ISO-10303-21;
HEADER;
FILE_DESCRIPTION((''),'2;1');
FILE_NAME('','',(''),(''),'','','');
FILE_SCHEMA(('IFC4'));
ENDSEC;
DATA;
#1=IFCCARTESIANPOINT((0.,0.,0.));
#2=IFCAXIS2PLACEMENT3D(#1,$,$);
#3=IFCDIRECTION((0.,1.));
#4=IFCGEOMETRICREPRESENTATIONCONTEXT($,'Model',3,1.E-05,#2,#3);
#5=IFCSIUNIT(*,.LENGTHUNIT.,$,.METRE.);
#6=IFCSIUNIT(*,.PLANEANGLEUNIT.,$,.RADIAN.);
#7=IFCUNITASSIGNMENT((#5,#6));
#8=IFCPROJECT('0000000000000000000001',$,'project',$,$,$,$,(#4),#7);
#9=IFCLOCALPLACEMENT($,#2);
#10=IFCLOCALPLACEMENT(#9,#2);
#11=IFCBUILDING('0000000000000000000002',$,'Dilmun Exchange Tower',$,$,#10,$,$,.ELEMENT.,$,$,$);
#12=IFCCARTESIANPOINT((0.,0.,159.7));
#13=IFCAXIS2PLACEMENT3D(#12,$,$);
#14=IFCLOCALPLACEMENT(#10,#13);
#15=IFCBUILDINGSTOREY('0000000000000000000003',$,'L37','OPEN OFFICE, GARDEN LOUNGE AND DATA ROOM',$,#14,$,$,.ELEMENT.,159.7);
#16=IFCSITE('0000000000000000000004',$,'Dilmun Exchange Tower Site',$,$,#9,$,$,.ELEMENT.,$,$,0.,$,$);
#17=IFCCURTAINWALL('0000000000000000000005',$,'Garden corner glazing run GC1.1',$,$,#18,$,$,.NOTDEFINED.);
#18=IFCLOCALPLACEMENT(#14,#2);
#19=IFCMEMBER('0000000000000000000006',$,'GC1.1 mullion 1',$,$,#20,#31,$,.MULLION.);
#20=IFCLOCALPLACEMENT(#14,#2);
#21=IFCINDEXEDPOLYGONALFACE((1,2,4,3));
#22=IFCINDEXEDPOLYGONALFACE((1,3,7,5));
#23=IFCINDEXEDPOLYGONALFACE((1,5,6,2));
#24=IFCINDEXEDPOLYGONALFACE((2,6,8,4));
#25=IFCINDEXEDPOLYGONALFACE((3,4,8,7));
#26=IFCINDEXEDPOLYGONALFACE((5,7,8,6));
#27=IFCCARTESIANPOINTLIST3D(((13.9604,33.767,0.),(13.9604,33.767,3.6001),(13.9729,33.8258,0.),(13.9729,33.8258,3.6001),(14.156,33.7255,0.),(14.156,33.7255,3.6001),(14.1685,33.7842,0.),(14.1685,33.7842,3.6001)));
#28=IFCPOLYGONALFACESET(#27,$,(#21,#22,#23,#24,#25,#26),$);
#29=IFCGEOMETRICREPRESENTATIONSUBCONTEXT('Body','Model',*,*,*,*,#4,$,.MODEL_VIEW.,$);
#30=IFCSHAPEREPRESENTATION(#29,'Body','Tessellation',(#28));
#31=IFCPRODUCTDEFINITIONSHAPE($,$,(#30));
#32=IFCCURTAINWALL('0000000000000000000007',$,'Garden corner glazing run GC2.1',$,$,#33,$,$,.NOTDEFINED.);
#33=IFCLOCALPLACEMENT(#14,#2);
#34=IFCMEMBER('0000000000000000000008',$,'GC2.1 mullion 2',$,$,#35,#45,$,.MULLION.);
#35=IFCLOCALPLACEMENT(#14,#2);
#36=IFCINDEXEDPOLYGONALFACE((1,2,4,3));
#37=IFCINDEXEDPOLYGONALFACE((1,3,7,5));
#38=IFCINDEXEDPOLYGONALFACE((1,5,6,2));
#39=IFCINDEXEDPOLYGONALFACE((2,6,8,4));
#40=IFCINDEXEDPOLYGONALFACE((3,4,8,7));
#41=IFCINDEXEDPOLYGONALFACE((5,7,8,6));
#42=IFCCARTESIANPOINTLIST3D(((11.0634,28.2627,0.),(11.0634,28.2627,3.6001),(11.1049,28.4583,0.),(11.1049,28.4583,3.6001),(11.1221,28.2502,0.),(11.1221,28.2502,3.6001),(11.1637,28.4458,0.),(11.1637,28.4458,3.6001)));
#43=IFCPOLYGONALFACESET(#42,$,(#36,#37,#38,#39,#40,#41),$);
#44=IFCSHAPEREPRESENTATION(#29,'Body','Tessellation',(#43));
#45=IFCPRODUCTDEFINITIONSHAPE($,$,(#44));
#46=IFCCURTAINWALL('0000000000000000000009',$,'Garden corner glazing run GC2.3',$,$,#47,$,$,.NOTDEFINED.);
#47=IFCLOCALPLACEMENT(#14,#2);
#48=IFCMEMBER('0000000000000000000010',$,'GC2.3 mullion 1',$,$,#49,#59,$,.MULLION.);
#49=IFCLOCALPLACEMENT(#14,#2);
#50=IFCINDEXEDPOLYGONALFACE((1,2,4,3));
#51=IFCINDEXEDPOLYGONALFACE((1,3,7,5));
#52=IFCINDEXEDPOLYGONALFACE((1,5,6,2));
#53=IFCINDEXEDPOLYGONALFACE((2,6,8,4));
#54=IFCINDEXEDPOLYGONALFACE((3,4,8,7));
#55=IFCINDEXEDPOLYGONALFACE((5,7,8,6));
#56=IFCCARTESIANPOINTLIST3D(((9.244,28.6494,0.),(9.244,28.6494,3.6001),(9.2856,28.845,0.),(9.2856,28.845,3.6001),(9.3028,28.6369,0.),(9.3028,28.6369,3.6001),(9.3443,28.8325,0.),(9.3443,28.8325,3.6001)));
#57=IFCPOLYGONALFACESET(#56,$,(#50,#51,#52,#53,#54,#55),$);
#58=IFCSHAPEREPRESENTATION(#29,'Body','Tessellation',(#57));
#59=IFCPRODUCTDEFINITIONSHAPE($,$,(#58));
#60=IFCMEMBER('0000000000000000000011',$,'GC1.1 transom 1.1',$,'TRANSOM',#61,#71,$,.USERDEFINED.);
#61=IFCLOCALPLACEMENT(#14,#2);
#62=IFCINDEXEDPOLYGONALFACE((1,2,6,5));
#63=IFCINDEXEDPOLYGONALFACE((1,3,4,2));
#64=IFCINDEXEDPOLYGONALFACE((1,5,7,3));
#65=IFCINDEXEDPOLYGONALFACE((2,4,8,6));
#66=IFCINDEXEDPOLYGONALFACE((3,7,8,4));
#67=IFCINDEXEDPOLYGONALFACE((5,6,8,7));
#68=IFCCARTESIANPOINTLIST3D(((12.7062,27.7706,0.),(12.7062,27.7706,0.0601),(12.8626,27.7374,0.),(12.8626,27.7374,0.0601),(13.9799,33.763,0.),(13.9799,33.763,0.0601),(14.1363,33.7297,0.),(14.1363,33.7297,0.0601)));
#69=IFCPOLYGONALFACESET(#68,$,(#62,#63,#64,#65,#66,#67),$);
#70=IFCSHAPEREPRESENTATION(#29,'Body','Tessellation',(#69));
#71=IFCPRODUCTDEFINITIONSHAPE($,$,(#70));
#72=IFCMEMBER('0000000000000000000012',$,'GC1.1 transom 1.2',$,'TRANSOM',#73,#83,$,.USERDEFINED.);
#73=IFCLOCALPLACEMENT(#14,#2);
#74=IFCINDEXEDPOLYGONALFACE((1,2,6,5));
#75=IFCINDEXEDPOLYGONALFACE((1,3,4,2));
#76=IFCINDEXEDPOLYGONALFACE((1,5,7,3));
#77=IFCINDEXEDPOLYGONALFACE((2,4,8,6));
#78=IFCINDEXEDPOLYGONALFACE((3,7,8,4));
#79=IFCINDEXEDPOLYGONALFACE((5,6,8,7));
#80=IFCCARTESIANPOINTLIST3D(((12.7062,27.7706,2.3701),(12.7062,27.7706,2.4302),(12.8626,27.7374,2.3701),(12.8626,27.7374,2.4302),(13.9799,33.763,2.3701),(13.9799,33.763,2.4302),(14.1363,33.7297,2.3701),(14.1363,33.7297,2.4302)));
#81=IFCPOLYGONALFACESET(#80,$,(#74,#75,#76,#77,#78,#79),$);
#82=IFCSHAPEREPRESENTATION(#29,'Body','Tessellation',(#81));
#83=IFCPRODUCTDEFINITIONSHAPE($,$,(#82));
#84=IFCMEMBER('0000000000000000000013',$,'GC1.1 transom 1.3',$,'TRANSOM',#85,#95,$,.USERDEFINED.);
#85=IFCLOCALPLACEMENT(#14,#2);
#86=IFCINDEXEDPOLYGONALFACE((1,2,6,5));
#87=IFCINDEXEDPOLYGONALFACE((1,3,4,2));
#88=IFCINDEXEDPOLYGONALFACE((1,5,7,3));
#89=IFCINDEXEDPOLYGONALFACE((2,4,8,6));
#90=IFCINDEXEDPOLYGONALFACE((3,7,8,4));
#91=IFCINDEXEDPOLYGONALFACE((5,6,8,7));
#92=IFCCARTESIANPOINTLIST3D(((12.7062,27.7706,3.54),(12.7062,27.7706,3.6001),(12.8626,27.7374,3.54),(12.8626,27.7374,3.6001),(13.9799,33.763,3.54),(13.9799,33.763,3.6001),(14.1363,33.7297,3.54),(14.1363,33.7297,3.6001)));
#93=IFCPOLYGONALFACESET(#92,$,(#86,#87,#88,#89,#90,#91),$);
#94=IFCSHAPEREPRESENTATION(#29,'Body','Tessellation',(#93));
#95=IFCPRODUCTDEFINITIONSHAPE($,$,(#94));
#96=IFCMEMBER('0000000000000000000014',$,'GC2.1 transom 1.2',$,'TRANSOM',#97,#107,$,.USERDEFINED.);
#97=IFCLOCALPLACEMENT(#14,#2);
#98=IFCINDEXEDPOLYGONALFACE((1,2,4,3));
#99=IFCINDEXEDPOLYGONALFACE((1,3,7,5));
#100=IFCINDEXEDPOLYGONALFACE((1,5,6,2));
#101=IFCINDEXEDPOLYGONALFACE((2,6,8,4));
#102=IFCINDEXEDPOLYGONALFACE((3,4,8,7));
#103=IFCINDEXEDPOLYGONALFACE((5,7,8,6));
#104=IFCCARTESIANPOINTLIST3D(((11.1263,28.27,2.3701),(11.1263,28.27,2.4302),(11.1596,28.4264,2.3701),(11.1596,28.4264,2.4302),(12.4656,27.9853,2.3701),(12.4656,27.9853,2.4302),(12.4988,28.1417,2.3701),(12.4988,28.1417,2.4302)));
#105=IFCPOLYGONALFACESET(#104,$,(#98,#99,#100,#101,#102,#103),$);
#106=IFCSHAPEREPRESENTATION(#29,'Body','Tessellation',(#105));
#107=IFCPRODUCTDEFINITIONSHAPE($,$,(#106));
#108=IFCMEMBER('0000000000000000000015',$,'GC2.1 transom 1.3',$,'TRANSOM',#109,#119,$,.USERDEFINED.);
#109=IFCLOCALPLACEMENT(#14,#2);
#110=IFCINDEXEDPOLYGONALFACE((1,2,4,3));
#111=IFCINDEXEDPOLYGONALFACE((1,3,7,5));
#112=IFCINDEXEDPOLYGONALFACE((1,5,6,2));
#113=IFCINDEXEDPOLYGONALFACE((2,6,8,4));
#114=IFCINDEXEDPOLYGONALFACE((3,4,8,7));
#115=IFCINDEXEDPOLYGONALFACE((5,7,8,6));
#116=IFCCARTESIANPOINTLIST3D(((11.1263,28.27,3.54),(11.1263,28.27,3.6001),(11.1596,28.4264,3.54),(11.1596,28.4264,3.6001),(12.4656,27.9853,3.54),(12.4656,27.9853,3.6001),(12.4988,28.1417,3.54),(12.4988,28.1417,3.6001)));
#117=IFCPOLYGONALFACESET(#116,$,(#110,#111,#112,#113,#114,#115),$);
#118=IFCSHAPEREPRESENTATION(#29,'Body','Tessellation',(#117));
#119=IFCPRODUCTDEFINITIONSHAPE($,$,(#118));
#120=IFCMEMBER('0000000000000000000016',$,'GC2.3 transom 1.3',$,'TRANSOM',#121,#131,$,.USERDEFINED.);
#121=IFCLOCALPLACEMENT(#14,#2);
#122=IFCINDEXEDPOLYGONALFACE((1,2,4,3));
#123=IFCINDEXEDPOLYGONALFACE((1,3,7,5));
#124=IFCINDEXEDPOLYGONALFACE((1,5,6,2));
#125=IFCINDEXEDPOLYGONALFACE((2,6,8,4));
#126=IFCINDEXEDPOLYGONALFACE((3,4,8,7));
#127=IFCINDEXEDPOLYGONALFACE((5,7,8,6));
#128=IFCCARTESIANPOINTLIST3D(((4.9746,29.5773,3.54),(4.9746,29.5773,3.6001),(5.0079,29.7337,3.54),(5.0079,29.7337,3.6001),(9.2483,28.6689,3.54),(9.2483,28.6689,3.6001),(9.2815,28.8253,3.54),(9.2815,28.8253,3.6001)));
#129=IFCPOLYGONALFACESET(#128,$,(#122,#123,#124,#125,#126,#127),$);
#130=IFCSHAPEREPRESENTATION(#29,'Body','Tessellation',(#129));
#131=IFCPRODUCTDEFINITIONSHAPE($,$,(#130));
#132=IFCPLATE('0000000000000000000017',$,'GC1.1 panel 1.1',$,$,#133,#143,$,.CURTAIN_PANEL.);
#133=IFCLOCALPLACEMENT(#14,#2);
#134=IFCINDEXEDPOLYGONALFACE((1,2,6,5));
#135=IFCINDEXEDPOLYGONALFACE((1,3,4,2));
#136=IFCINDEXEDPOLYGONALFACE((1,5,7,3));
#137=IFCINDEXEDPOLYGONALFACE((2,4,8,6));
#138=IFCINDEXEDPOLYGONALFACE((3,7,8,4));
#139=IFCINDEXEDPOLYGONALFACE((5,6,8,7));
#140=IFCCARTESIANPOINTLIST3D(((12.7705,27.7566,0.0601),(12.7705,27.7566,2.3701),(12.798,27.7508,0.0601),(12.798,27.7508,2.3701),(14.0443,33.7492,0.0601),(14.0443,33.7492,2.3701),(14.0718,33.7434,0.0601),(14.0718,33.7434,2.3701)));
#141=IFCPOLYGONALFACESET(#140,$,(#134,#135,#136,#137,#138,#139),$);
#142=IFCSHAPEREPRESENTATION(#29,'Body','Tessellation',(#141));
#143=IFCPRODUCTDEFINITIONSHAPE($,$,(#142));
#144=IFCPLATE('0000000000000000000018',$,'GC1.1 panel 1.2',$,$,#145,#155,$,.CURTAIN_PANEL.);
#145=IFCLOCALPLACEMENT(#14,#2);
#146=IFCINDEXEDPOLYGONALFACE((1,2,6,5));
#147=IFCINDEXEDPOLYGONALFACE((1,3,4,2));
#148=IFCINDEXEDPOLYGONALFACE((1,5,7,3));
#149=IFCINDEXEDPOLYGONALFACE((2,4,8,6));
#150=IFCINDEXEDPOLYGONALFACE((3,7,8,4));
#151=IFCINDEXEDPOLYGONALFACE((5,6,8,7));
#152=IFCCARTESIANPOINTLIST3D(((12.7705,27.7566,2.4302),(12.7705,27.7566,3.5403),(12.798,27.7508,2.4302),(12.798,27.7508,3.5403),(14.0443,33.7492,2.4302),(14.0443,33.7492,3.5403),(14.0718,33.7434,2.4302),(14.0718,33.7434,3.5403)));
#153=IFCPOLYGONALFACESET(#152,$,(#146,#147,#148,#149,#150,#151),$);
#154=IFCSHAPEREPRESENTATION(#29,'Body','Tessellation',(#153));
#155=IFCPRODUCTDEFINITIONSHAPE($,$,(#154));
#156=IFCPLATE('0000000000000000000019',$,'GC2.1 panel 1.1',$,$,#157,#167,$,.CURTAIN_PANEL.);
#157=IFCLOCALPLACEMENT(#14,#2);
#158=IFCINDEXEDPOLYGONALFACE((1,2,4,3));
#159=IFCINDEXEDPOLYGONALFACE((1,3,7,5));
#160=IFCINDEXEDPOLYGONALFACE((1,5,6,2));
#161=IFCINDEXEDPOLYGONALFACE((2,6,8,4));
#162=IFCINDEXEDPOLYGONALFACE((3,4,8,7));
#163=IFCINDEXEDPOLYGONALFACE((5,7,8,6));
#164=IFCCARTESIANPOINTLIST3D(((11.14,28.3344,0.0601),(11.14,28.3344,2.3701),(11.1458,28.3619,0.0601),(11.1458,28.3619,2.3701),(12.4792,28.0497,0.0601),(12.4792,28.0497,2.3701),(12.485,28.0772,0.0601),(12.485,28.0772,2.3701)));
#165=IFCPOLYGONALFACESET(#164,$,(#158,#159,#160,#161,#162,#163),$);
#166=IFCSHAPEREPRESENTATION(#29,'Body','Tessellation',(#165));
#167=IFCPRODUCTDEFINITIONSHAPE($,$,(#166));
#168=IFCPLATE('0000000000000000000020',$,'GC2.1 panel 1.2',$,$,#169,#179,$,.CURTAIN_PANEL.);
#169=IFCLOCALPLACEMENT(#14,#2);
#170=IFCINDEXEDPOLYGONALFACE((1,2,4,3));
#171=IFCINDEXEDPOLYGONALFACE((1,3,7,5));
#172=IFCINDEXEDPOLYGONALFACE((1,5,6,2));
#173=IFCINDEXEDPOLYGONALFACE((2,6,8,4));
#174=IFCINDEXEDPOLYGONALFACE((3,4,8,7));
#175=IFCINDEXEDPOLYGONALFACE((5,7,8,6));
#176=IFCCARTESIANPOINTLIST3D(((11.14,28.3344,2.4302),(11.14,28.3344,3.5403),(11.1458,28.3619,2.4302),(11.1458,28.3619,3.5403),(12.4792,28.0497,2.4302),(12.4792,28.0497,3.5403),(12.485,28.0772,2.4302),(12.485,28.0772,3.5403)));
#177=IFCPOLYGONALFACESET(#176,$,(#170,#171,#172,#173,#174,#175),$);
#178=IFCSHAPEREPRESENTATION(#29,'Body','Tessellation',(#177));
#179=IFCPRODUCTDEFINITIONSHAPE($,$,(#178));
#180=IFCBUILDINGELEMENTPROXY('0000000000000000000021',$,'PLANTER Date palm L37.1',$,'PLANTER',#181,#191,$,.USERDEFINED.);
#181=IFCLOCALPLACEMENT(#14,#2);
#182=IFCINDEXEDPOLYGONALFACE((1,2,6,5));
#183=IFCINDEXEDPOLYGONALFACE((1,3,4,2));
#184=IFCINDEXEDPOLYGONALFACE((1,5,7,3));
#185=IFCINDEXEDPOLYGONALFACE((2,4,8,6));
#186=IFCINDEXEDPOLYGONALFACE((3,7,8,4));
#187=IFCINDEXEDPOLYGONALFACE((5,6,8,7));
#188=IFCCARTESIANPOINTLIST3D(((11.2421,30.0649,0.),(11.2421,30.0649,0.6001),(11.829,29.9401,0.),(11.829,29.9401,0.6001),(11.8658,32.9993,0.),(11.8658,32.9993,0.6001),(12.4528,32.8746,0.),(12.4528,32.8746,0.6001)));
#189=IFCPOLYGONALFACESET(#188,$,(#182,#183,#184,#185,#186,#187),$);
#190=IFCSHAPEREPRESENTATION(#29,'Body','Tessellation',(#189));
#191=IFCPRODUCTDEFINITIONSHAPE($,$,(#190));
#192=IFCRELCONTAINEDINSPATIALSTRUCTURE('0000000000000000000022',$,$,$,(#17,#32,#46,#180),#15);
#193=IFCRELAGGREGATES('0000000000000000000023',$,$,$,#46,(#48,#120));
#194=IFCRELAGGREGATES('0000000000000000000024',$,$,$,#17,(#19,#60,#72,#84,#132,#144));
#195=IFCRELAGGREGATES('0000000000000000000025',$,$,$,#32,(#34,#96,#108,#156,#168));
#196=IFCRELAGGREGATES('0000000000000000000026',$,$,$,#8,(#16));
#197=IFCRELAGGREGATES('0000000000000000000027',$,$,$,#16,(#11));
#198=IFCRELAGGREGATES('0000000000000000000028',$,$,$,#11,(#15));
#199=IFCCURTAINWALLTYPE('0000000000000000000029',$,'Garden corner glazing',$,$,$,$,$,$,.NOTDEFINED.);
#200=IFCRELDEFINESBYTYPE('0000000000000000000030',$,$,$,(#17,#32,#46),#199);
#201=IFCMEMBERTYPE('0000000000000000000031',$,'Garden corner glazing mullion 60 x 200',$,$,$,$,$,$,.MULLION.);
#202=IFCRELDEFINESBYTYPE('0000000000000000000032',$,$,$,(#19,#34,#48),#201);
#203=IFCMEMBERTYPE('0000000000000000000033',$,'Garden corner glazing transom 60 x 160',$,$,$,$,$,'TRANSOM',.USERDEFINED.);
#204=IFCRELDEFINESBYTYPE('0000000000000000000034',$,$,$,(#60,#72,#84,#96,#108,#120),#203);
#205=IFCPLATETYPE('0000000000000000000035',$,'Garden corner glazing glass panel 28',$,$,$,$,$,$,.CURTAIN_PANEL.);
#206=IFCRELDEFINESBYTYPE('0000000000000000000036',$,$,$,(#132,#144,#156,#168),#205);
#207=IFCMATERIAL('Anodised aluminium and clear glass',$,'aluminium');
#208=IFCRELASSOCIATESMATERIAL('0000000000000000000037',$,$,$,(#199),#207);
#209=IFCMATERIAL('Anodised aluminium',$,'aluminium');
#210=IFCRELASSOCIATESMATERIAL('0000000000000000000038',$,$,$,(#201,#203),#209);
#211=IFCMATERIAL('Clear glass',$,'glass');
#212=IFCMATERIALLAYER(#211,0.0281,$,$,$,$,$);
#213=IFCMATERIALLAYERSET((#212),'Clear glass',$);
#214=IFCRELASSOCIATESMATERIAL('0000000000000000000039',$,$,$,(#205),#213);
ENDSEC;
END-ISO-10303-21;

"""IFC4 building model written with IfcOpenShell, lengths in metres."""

from ifc_helpers import new_model, si_unit, direction, frame, origin, origin_2d, place, context, subcontext, project, spatial, rectangle, extrude, material, layer, layer_set, material_profile, profile_set, type_object, element, aggregate, save


model = new_model("IFC4")

# Units and contexts
model_context = context("Model", 3, precision=1e-05, world=origin(), true_north=direction((0.0, 1.0)))
body_context = subcontext(model_context, "Body", "Model", "MODEL_VIEW")
ifc_project = project(units=[si_unit("LENGTHUNIT", "METRE"), si_unit("PLANEANGLEUNIT", "RADIAN")], contexts=[model_context])

# Site, building, storey
site_placement = place(None, origin())
site = spatial("IfcSite", under=ifc_project, at=site_placement, Name="Dilmun Exchange Tower Site", CompositionType="ELEMENT", RefElevation=0.0)
building_placement = place(site_placement, origin())
building = spatial("IfcBuilding", under=site, at=building_placement, Name="Dilmun Exchange Tower", CompositionType="ELEMENT")
storey_placement = place(building_placement, frame((0.0, 0.0, 159.7)))
storey = spatial("IfcBuildingStorey", under=building, at=storey_placement, Name="L37", Description="OPEN OFFICE, GARDEN LOUNGE AND DATA ROOM", CompositionType="ELEMENT", Elevation=159.7)

# Curtain walls, members
ifc_material_1 = material(Name="Anodised aluminium and clear glass", Category="aluminium")
curtain_wall_type = type_object("IfcCurtainWallType", Name="Garden corner glazing", PredefinedType="NOTDEFINED", material=ifc_material_1)
curtain_wall_1_placement = place(storey_placement, origin())
curtain_wall_1 = element("IfcCurtainWall", 1, at=curtain_wall_1_placement, inside=storey, type_object=curtain_wall_type, Name="Garden corner glazing run GC1.1", PredefinedType="NOTDEFINED")
ifc_material_2 = material(Name="Anodised aluminium", Category="aluminium")
ifc_material_profile_1 = material_profile(ifc_material_2, rectangle(XDim=0.2, YDim=0.0601, at=origin_2d()), Name="AL 60x200")
ifc_profile_set_1 = profile_set([ifc_material_profile_1], Name="Anodised aluminium")
member_type_1 = type_object("IfcMemberType", Name="Garden corner glazing mullion 60 x 200", PredefinedType="MULLION", material=ifc_profile_set_1)
member_1_placement = place(storey_placement, frame((14.0645, 33.7756, 0.0), z_axis=(0.0, 0.0, 1.0), x_axis=(0.978148, -0.207912, 0.0)))
member_1 = element("IfcMember", 2, at=member_1_placement, type_object=member_type_1, Name="GC1.1 mullion 1", PredefinedType="MULLION", context=body_context, shape_type="SweptSolid", body=[
    extrude(rectangle(XDim=0.2, YDim=0.0601, at=origin_2d()), origin(), (0.0, 0.0, 1.0), 3.6001),
])
curtain_wall_2_placement = place(storey_placement, origin())
curtain_wall_2 = element("IfcCurtainWall", 3, at=curtain_wall_2_placement, inside=storey, type_object=curtain_wall_type, Name="Garden corner glazing run GC2.1", PredefinedType="NOTDEFINED")
member_2_placement = place(storey_placement, frame((11.1135, 28.3542, 0.0), z_axis=(0.0, 0.0, 1.0), x_axis=(-0.207919, -0.978146, 0.0)))
member_2 = element("IfcMember", 4, at=member_2_placement, type_object=member_type_1, Name="GC2.1 mullion 2", PredefinedType="MULLION", context=body_context, shape_type="SweptSolid", body=[
    extrude(rectangle(XDim=0.2, YDim=0.0601, at=origin_2d()), origin(), (0.0, 0.0, 1.0), 3.6001),
])
curtain_wall_3_placement = place(storey_placement, origin())
curtain_wall_3 = element("IfcCurtainWall", 5, at=curtain_wall_3_placement, inside=storey, type_object=curtain_wall_type, Name="Garden corner glazing run GC2.3", PredefinedType="NOTDEFINED")
member_3_placement = place(storey_placement, frame((9.2942, 28.741, 0.0), z_axis=(0.0, 0.0, 1.0), x_axis=(-0.207925, -0.978145, 0.0)))
member_3 = element("IfcMember", 6, at=member_3_placement, type_object=member_type_1, Name="GC2.3 mullion 1", PredefinedType="MULLION", context=body_context, shape_type="SweptSolid", body=[
    extrude(rectangle(XDim=0.2, YDim=0.0601, at=origin_2d()), origin(), (0.0, 0.0, 1.0), 3.6001),
])

# Members
ifc_material_profile_2 = material_profile(ifc_material_2, rectangle(XDim=0.1599, YDim=0.0601, at=origin_2d()), Name="AL 60x160")
ifc_profile_set_2 = profile_set([ifc_material_profile_2], Name="Anodised aluminium")
member_type_2 = type_object("IfcMemberType", Name="Garden corner glazing transom 60 x 160", ElementType="TRANSOM", PredefinedType="USERDEFINED", material=ifc_profile_set_2)
member_4_placement = place(storey_placement, frame((14.0581, 33.7463, 0.03), z_axis=(-0.207904, -0.978149, 0.0), x_axis=(0.978149, -0.207904, 0.0)))
member_4 = element("IfcMember", 7, at=member_4_placement, type_object=member_type_2, Name="GC1.1 transom 1.1", ObjectType="TRANSOM", PredefinedType="USERDEFINED", context=body_context, shape_type="SweptSolid", body=[
    extrude(rectangle(XDim=0.1599, YDim=0.0601, at=origin_2d()), origin(), (0.0, 0.0, 1.0), 6.1262),
])
member_5_placement = place(storey_placement, frame((14.0581, 33.7463, 2.4001), z_axis=(-0.207904, -0.978149, 0.0), x_axis=(0.978149, -0.207904, 0.0)))
member_5 = element("IfcMember", 8, at=member_5_placement, type_object=member_type_2, Name="GC1.1 transom 1.2", ObjectType="TRANSOM", PredefinedType="USERDEFINED", context=body_context, shape_type="SweptSolid", body=[
    extrude(rectangle(XDim=0.1599, YDim=0.0601, at=origin_2d()), origin(), (0.0, 0.0, 1.0), 6.1262),
])
member_6_placement = place(storey_placement, frame((14.0581, 33.7463, 3.5701), z_axis=(-0.207904, -0.978149, 0.0), x_axis=(0.978149, -0.207904, 0.0)))
member_6 = element("IfcMember", 9, at=member_6_placement, type_object=member_type_2, Name="GC1.1 transom 1.3", ObjectType="TRANSOM", PredefinedType="USERDEFINED", context=body_context, shape_type="SweptSolid", body=[
    extrude(rectangle(XDim=0.1599, YDim=0.0601, at=origin_2d()), origin(), (0.0, 0.0, 1.0), 6.1262),
])
member_7_placement = place(storey_placement, frame((12.4822, 28.0635, 2.4001), z_axis=(-0.978143, 0.207933, 0.0), x_axis=(-0.207933, -0.978143, 0.0)))
member_7 = element("IfcMember", 10, at=member_7_placement, type_object=member_type_2, Name="GC2.1 transom 1.2", ObjectType="TRANSOM", PredefinedType="USERDEFINED", context=body_context, shape_type="SweptSolid", body=[
    extrude(rectangle(XDim=0.1599, YDim=0.0601, at=origin_2d()), origin(), (0.0, 0.0, 1.0), 1.3691),
])
member_8_placement = place(storey_placement, frame((12.4822, 28.0635, 3.5701), z_axis=(-0.978143, 0.207933, 0.0), x_axis=(-0.207933, -0.978143, 0.0)))
member_8 = element("IfcMember", 11, at=member_8_placement, type_object=member_type_2, Name="GC2.1 transom 1.3", ObjectType="TRANSOM", PredefinedType="USERDEFINED", context=body_context, shape_type="SweptSolid", body=[
    extrude(rectangle(XDim=0.1599, YDim=0.0601, at=origin_2d()), origin(), (0.0, 0.0, 1.0), 1.3691),
])
member_9_placement = place(storey_placement, frame((9.2649, 28.7471, 3.5701), z_axis=(-0.978145, 0.207922, 0.0), x_axis=(-0.207922, -0.978145, 0.0)))
member_9 = element("IfcMember", 12, at=member_9_placement, type_object=member_type_2, Name="GC2.3 transom 1.3", ObjectType="TRANSOM", PredefinedType="USERDEFINED", context=body_context, shape_type="SweptSolid", body=[
    extrude(rectangle(XDim=0.1599, YDim=0.0601, at=origin_2d()), origin(), (0.0, 0.0, 1.0), 4.3691),
])
aggregate(curtain_wall_3, [member_3, member_9])

# Plates
ifc_material_3 = material(Name="Clear glass", Category="glass")
ifc_layer_1 = layer(ifc_material_3, 0.0281)
ifc_layer_set_1 = layer_set([ifc_layer_1], Name="Clear glass")
plate_type = type_object("IfcPlateType", Name="Garden corner glazing glass panel 28", PredefinedType="CURTAIN_PANEL", material=ifc_layer_set_1)
plate_1_placement = place(storey_placement, frame((13.4211, 30.75, 0.0601), z_axis=(0.0, 0.0, 1.0), x_axis=(-0.207912, -0.978148, 0.0)))
plate_1 = element("IfcPlate", 13, at=plate_1_placement, type_object=plate_type, Name="GC1.1 panel 1.1", PredefinedType="CURTAIN_PANEL", context=body_context, shape_type="SweptSolid", body=[
    extrude(rectangle(XDim=6.1265, YDim=0.0281, at=origin_2d()), origin(), (0.0, 0.0, 1.0), 2.3101),
])
plate_2_placement = place(storey_placement, frame((13.4211, 30.75, 2.4302), z_axis=(0.0, 0.0, 1.0), x_axis=(-0.207912, -0.978148, 0.0)))
plate_2 = element("IfcPlate", 14, at=plate_2_placement, type_object=plate_type, Name="GC1.1 panel 1.2", PredefinedType="CURTAIN_PANEL", context=body_context, shape_type="SweptSolid", body=[
    extrude(rectangle(XDim=6.1265, YDim=0.0281, at=origin_2d()), origin(), (0.0, 0.0, 1.0), 1.1101),
])
aggregate(curtain_wall_1, [member_1, member_4, member_5, member_6, plate_1, plate_2])
plate_3_placement = place(storey_placement, frame((11.8125, 28.2058, 0.0601), z_axis=(0.0, 0.0, 1.0), x_axis=(-0.978146, 0.207919, 0.0)))
plate_3 = element("IfcPlate", 15, at=plate_3_placement, type_object=plate_type, Name="GC2.1 panel 1.1", PredefinedType="CURTAIN_PANEL", context=body_context, shape_type="SweptSolid", body=[
    extrude(rectangle(XDim=1.3691, YDim=0.0281, at=origin_2d()), origin(), (0.0, 0.0, 1.0), 2.3101),
])
plate_4_placement = place(storey_placement, frame((11.8125, 28.2058, 2.4302), z_axis=(0.0, 0.0, 1.0), x_axis=(-0.978146, 0.207919, 0.0)))
plate_4 = element("IfcPlate", 16, at=plate_4_placement, type_object=plate_type, Name="GC2.1 panel 1.2", PredefinedType="CURTAIN_PANEL", context=body_context, shape_type="SweptSolid", body=[
    extrude(rectangle(XDim=1.3691, YDim=0.0281, at=origin_2d()), origin(), (0.0, 0.0, 1.0), 1.1101),
])
aggregate(curtain_wall_2, [member_2, member_7, member_8, plate_3, plate_4])

# Building element proxy
proxy_placement = place(storey_placement, frame((11.8474, 31.4697, 0.0), z_axis=(0.0, 0.0, 1.0), x_axis=(0.207912, 0.978148, 0.0)))
element("IfcBuildingElementProxy", 17, at=proxy_placement, inside=storey, Name="PLANTER Date palm L37.1", ObjectType="PLANTER", PredefinedType="USERDEFINED", context=body_context, shape_type="SweptSolid", body=[
    extrude(rectangle(XDim=3.0, YDim=0.6001, at=origin_2d()), origin(), (0.0, 0.0, 1.0), 0.6001),
])

save(model, "model.ifc")
